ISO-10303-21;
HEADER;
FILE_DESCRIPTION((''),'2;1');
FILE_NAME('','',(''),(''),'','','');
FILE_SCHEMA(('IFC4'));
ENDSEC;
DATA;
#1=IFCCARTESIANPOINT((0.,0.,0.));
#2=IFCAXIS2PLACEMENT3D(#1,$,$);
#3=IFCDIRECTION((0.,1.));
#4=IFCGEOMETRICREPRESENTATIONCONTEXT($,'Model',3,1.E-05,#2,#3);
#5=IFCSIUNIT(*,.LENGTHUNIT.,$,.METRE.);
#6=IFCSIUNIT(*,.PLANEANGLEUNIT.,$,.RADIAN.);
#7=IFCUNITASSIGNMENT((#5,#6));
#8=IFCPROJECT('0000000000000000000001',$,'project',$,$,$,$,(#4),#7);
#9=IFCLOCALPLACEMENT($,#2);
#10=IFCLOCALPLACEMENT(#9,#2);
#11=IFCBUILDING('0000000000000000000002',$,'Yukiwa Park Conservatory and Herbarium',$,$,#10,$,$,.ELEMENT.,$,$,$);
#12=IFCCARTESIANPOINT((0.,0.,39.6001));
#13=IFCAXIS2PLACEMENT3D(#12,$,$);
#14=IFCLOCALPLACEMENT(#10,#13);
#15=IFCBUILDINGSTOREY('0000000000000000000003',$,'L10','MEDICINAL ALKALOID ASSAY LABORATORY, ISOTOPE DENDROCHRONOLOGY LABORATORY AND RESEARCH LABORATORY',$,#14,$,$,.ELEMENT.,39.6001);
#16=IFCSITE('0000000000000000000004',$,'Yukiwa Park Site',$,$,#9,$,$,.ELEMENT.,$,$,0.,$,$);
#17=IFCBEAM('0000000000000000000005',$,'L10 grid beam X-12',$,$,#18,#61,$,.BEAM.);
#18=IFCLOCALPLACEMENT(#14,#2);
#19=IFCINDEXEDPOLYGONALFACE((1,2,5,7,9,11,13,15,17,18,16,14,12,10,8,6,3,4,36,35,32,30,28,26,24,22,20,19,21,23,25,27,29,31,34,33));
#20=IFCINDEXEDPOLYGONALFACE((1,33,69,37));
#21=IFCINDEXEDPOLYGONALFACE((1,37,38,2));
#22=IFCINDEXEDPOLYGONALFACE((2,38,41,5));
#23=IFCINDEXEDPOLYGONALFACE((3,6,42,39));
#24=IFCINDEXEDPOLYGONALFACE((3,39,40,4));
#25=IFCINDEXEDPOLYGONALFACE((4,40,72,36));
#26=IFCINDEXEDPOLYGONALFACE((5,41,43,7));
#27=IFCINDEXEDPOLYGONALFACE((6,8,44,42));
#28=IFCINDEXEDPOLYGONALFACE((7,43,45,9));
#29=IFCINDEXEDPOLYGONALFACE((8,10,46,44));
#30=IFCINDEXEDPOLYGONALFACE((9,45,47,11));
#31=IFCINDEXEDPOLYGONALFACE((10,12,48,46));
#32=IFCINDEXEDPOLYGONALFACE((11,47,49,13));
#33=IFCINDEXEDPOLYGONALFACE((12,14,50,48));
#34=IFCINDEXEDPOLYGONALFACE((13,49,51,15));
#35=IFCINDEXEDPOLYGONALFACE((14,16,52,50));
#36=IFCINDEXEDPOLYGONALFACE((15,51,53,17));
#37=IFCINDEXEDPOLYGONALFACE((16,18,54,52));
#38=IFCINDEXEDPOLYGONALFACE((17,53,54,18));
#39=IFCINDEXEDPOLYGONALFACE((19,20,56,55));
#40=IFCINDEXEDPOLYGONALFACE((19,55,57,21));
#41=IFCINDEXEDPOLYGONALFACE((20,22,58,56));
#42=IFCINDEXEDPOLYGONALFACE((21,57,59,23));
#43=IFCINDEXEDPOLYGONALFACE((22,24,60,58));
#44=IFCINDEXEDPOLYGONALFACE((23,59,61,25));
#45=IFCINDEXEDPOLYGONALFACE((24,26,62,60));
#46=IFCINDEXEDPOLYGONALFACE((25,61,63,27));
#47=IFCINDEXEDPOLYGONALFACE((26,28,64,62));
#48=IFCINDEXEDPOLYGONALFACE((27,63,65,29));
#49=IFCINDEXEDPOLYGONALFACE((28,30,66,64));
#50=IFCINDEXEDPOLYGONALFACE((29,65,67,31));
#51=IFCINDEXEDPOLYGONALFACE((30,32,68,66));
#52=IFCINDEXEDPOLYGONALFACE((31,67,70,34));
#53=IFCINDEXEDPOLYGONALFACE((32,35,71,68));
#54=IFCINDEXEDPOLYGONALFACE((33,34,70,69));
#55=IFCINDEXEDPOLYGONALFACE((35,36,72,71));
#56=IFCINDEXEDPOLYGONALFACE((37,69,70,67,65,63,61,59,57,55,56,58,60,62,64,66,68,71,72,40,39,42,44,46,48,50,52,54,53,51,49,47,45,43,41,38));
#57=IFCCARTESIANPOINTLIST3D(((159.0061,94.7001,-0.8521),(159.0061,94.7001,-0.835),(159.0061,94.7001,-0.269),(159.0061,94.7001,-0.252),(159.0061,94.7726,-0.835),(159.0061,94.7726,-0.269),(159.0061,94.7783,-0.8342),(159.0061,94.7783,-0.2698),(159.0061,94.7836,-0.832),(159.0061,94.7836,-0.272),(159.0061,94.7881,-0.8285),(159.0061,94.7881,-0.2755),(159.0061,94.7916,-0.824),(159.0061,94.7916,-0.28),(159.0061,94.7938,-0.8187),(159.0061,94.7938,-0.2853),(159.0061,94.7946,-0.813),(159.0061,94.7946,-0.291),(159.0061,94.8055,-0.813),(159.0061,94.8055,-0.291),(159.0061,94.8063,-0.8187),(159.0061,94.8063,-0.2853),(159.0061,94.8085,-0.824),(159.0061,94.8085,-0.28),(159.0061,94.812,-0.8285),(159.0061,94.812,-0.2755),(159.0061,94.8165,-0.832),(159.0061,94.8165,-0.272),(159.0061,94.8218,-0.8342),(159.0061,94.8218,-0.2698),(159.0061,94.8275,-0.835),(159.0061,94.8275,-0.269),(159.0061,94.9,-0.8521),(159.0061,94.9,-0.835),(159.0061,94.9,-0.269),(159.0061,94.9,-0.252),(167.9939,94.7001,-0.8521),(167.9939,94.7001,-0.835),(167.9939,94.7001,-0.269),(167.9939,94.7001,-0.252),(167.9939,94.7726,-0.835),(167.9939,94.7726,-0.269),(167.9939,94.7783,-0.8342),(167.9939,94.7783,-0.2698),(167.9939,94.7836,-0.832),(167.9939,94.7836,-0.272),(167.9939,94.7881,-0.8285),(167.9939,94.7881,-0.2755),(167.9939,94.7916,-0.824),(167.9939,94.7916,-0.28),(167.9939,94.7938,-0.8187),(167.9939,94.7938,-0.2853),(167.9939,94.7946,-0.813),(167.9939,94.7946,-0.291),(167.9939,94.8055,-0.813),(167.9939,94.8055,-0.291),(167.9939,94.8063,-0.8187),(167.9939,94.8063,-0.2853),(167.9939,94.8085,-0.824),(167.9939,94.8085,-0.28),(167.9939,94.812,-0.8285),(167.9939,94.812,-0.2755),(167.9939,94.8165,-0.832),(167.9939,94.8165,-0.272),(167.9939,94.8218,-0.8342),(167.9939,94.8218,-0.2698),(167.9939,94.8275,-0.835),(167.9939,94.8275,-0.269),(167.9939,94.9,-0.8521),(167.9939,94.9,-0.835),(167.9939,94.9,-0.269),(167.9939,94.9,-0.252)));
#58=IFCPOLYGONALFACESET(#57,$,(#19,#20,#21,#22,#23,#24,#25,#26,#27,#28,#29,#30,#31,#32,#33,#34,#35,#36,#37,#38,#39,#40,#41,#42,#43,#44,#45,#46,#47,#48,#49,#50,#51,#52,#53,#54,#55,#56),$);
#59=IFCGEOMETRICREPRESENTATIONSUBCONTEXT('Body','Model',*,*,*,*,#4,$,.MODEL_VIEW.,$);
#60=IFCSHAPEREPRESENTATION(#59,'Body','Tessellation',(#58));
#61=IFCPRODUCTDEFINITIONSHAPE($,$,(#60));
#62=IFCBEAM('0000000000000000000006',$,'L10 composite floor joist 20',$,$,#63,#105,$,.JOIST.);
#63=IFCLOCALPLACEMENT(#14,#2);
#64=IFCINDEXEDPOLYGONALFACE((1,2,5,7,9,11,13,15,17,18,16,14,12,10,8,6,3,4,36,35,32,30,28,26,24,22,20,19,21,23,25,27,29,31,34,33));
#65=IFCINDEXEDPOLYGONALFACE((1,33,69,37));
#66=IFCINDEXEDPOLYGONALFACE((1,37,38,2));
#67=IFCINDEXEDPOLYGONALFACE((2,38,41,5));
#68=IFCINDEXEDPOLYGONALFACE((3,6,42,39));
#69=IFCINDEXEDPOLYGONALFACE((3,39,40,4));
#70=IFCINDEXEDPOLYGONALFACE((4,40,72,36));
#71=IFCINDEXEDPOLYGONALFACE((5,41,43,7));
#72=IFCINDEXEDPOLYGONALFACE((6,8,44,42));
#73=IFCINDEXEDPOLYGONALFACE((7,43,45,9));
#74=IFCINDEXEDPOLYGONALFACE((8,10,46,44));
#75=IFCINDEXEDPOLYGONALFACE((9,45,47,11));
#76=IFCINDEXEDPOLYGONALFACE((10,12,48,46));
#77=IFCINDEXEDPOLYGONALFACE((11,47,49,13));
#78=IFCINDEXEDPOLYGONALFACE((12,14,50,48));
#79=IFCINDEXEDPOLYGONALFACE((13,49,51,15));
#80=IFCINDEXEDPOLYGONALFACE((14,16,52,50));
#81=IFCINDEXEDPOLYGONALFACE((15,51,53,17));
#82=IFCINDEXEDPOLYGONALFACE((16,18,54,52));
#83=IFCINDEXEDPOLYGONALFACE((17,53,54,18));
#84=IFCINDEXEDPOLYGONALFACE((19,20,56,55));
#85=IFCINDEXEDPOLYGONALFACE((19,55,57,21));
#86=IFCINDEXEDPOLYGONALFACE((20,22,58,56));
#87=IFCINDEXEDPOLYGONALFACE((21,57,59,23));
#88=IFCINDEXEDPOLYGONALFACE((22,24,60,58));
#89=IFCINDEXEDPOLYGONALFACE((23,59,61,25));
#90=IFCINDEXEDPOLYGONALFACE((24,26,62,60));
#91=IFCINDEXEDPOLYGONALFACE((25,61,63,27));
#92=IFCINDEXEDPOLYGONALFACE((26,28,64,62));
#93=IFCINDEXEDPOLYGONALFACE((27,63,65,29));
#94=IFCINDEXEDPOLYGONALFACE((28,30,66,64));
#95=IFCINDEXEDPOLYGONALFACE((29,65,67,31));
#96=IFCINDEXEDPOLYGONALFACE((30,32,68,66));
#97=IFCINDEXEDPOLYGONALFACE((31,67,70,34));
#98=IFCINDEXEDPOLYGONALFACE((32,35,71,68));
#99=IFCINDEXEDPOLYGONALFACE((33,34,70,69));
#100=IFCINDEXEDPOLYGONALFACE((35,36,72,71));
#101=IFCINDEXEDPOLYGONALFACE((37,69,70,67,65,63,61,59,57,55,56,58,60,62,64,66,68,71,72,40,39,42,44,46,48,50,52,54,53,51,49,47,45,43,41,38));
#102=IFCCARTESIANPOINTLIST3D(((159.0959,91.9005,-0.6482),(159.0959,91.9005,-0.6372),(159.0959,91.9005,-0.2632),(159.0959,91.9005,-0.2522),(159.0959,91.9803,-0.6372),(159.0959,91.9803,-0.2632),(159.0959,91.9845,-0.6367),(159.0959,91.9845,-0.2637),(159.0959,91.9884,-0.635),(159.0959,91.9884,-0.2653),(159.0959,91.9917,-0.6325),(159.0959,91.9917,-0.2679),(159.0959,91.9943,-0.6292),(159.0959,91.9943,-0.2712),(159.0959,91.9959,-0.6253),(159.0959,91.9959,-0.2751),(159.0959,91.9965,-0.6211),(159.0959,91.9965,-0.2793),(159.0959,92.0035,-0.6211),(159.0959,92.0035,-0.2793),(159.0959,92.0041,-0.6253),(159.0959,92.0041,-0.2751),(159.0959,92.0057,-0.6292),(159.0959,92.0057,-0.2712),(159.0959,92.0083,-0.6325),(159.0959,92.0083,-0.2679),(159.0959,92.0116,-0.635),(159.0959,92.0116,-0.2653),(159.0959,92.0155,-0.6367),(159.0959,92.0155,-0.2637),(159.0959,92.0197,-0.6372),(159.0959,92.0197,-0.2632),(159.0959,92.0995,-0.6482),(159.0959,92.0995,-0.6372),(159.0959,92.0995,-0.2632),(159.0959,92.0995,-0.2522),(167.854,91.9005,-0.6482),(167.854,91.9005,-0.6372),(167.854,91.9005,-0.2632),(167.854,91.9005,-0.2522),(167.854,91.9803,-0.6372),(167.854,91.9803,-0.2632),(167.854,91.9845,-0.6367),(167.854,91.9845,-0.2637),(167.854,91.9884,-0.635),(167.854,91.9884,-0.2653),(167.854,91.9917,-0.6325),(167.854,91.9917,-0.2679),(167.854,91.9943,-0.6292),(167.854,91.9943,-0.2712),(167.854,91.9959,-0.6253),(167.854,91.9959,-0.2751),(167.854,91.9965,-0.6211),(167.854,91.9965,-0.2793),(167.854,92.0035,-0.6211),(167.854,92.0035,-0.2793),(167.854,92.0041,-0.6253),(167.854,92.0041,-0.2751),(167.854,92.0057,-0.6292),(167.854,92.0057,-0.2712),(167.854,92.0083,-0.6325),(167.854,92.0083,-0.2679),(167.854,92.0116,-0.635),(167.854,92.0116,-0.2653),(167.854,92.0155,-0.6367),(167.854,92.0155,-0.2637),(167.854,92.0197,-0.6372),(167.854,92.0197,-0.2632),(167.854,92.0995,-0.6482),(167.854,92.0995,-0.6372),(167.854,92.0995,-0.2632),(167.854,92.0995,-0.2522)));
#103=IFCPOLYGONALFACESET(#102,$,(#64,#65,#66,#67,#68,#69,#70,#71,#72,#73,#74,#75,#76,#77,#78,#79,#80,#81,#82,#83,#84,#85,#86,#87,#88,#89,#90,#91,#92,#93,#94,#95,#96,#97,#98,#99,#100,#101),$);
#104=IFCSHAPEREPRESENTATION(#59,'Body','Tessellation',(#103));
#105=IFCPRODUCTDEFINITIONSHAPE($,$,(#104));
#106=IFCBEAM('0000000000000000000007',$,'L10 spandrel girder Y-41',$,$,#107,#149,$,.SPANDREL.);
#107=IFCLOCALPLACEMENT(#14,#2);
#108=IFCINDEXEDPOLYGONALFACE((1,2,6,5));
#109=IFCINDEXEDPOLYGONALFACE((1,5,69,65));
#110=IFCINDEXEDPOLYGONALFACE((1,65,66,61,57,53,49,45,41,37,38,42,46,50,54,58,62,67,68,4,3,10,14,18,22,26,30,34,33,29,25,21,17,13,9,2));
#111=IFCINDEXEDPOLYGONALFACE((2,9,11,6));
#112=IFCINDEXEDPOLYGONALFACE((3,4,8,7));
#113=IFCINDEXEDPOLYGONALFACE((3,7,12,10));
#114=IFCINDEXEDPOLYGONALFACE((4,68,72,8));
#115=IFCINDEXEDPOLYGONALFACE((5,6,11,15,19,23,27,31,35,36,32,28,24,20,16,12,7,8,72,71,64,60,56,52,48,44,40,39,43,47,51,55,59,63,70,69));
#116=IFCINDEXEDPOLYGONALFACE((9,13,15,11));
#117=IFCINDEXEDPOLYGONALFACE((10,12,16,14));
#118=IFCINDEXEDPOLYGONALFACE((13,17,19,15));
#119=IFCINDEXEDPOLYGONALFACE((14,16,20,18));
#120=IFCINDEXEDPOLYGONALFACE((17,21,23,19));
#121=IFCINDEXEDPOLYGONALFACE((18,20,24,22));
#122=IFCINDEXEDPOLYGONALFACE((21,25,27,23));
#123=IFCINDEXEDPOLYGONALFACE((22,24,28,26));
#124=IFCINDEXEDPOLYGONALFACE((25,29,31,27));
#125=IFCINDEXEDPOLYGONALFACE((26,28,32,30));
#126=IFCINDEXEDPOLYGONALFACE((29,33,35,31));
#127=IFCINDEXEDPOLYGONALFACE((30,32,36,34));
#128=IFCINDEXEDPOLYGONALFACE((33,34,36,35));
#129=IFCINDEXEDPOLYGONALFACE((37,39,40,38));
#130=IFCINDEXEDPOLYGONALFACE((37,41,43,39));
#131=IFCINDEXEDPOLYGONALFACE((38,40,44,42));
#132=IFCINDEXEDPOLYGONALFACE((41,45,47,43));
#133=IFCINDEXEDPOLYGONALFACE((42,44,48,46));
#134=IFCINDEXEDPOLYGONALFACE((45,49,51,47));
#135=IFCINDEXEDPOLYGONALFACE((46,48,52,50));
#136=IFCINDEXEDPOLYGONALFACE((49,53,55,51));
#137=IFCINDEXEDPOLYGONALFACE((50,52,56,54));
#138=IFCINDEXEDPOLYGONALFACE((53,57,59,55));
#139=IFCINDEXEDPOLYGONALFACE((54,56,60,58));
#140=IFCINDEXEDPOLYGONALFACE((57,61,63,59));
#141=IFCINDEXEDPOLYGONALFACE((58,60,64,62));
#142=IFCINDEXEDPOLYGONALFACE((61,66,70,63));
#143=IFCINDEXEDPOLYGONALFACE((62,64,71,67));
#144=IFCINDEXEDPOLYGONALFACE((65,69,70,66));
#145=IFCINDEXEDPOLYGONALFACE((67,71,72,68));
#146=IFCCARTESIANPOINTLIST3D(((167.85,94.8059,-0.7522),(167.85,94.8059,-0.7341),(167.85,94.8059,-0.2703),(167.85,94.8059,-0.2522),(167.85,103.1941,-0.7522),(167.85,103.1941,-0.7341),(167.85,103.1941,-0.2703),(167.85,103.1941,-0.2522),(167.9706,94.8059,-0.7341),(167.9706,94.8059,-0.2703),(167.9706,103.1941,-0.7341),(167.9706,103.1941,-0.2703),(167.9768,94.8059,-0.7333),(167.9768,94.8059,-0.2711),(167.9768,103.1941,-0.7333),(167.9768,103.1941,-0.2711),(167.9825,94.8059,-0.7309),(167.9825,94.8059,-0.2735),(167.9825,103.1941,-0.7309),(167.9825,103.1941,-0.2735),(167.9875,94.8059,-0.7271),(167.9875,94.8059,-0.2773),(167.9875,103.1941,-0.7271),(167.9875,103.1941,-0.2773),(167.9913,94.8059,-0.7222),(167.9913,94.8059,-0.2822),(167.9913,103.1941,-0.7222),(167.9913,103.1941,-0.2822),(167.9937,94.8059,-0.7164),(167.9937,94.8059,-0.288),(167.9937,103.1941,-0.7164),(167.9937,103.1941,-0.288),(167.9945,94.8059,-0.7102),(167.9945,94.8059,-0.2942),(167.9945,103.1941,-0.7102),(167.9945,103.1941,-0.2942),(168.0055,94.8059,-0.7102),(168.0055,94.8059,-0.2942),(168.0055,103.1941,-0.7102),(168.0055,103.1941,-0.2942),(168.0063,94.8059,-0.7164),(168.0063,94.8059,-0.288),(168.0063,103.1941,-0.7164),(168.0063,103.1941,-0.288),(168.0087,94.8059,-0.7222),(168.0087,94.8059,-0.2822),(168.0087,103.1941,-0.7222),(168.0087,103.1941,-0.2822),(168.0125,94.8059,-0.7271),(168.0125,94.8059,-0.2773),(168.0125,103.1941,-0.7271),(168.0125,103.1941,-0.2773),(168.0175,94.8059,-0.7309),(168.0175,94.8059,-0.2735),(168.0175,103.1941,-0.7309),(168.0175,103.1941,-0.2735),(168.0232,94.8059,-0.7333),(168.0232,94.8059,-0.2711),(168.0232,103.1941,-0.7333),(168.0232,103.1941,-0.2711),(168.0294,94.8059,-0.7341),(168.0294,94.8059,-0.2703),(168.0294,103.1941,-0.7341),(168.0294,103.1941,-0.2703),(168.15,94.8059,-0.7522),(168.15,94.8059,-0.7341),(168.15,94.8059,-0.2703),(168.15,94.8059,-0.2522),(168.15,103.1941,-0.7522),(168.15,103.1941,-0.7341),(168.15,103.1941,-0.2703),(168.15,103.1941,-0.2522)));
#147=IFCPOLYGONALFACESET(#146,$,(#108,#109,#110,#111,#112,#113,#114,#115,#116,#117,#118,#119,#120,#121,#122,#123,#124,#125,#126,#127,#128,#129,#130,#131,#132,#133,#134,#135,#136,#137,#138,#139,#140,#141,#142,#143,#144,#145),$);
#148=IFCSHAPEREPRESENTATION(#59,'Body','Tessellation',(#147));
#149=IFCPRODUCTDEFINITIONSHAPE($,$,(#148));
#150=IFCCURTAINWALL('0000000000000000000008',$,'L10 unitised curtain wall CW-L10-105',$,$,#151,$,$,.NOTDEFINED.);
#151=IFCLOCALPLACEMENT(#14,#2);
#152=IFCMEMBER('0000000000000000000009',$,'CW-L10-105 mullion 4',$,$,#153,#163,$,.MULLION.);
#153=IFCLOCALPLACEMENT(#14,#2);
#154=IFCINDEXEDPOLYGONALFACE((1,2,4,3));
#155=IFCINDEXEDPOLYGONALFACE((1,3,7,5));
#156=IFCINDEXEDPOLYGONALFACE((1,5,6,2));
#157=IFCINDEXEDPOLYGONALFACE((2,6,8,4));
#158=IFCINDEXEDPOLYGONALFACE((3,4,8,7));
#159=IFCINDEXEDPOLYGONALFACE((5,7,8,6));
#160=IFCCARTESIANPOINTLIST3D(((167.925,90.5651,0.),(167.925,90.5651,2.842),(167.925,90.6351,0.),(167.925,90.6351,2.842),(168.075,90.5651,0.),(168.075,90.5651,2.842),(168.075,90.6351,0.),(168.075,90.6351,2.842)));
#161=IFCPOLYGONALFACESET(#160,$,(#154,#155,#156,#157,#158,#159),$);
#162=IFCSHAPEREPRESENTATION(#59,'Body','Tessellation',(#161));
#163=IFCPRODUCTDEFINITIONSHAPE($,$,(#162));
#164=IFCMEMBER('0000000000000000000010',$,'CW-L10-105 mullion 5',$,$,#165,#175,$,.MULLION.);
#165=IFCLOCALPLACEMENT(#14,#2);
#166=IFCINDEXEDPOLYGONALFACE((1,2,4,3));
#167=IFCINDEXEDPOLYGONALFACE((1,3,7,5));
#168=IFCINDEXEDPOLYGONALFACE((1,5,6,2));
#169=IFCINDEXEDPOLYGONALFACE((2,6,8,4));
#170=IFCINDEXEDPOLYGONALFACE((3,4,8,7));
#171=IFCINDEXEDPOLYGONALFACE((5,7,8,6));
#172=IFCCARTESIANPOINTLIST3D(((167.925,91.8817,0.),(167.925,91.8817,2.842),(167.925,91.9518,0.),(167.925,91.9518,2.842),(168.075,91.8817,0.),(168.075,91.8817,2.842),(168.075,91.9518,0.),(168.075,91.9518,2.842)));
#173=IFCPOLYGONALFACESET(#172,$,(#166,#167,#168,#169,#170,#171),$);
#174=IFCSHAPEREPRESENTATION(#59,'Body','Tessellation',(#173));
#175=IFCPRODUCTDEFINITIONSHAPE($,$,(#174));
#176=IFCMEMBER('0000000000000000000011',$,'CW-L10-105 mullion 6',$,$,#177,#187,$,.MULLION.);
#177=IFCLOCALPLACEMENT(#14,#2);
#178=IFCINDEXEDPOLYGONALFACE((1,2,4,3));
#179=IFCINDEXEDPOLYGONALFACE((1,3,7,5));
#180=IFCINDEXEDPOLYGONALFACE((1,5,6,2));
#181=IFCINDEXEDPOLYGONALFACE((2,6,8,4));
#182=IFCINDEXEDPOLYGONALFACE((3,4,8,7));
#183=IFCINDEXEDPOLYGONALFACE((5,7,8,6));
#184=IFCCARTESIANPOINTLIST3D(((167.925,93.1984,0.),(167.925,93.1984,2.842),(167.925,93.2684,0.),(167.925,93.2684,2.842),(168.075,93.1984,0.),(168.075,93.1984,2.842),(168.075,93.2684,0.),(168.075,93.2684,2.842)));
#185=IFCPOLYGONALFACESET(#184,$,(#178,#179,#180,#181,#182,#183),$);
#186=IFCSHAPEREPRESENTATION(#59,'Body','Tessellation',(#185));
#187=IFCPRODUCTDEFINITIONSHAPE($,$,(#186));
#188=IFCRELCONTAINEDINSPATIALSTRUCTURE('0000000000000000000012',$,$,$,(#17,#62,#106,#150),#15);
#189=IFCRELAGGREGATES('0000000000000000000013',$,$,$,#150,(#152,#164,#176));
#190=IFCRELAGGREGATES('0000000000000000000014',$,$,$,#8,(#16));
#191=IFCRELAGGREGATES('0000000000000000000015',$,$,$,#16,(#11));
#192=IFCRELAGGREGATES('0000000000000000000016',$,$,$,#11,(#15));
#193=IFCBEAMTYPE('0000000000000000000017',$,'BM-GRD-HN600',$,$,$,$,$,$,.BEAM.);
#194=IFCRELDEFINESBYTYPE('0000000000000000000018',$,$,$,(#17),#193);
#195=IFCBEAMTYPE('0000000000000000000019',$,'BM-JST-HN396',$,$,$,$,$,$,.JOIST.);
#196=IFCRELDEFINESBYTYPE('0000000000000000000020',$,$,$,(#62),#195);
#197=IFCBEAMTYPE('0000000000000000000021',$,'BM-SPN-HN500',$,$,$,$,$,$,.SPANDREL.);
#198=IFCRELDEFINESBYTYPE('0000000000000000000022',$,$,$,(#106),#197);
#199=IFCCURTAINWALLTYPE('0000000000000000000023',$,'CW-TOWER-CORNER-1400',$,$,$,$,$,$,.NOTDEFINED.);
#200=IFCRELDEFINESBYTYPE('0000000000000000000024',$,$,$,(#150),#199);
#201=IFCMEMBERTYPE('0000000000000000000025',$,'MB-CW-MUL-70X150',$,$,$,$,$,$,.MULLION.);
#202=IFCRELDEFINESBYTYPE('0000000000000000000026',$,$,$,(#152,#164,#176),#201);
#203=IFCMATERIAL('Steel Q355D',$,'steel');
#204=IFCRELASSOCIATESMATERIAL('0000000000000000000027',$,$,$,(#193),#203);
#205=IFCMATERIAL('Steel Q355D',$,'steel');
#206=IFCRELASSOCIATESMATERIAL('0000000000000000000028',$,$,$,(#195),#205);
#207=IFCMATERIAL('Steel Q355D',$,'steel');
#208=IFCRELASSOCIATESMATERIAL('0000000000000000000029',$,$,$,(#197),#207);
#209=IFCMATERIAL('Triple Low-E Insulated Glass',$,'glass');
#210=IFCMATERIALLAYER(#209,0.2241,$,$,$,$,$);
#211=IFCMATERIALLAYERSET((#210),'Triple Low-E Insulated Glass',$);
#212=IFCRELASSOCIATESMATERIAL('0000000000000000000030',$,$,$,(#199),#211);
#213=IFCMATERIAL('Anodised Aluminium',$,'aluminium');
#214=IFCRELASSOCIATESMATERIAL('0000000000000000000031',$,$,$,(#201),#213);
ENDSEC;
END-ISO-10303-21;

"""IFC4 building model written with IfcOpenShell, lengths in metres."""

from ifc_helpers import new_model, si_unit, direction, frame, origin, origin_2d, place, context, subcontext, project, spatial, rectangle, i_section, extrude, material, layer, layer_set, material_profile, profile_set, type_object, element, aggregate, save


model = new_model("IFC4")

# Units and contexts
model_context = context("Model", 3, precision=1e-05, world=origin(), true_north=direction((0.0, 1.0)))
body_context = subcontext(model_context, "Body", "Model", "MODEL_VIEW")
ifc_project = project(units=[si_unit("LENGTHUNIT", "METRE"), si_unit("PLANEANGLEUNIT", "RADIAN")], contexts=[model_context])

# Site, building, storey
site_placement = place(None, origin())
site = spatial("IfcSite", under=ifc_project, at=site_placement, Name="Yukiwa Park Site", CompositionType="ELEMENT", RefElevation=0.0)
building_placement = place(site_placement, origin())
building = spatial("IfcBuilding", under=site, at=building_placement, Name="Yukiwa Park Conservatory and Herbarium", CompositionType="ELEMENT")
storey_placement = place(building_placement, frame((0.0, 0.0, 39.6001)))
storey = spatial("IfcBuildingStorey", under=building, at=storey_placement, Name="L10", Description="MEDICINAL ALKALOID ASSAY LABORATORY, ISOTOPE DENDROCHRONOLOGY LABORATORY AND RESEARCH LABORATORY", CompositionType="ELEMENT", Elevation=39.6001)

# Beams
ifc_material_1 = material(Name="Steel Q355D", Category="steel")
ifc_material_profile_1 = material_profile(ifc_material_1, i_section(OverallWidth=0.2, OverallDepth=0.6001, WebThickness=0.011, FlangeThickness=0.0171, FilletRadius=0.022, at=origin_2d()), Name="HN 600x200x11x17")
ifc_profile_set_1 = profile_set([ifc_material_profile_1], Name="Steel Q355D")
beam_type_1 = type_object("IfcBeamType", Name="BM-GRD-HN600", PredefinedType="BEAM", material=ifc_profile_set_1)
beam_1_placement = place(storey_placement, frame((159.0061, 94.8, -0.552), z_axis=(1.0, 0.0, 0.0), x_axis=(0.0, 1.0, 0.0)))
element("IfcBeam", 1, at=beam_1_placement, inside=storey, type_object=beam_type_1, Name="L10 grid beam X-12", PredefinedType="BEAM", context=body_context, shape_type="SweptSolid", body=[
    extrude(i_section(OverallWidth=0.2, OverallDepth=0.6001, WebThickness=0.011, FlangeThickness=0.0171, FilletRadius=0.022, at=origin_2d()), origin(), (0.0, 0.0, 1.0), 8.9878),
])
ifc_material_2 = material(Name="Steel Q355D", Category="steel")
ifc_material_profile_2 = material_profile(ifc_material_2, i_section(OverallWidth=0.199, OverallDepth=0.396, WebThickness=0.0071, FlangeThickness=0.011, FilletRadius=0.0161, at=origin_2d()), Name="HN 396x199x7x11")
ifc_profile_set_2 = profile_set([ifc_material_profile_2], Name="Steel Q355D")
beam_type_2 = type_object("IfcBeamType", Name="BM-JST-HN396", PredefinedType="JOIST", material=ifc_profile_set_2)
beam_2_placement = place(storey_placement, frame((159.0959, 92.0, -0.4502), z_axis=(1.0, 0.0, 0.0), x_axis=(0.0, 1.0, 0.0)))
element("IfcBeam", 2, at=beam_2_placement, inside=storey, type_object=beam_type_2, Name="L10 composite floor joist 20", PredefinedType="JOIST", context=body_context, shape_type="SweptSolid", body=[
    extrude(i_section(OverallWidth=0.199, OverallDepth=0.396, WebThickness=0.0071, FlangeThickness=0.011, FilletRadius=0.0161, at=origin_2d()), origin(), (0.0, 0.0, 1.0), 8.7581),
])
ifc_material_3 = material(Name="Steel Q355D", Category="steel")
ifc_material_profile_3 = material_profile(ifc_material_3, i_section(OverallWidth=0.3, OverallDepth=0.5, WebThickness=0.011, FlangeThickness=0.0181, FilletRadius=0.0239, at=origin_2d()), Name="HM 500x300x11x18")
ifc_profile_set_3 = profile_set([ifc_material_profile_3], Name="Steel Q355D")
beam_type_3 = type_object("IfcBeamType", Name="BM-SPN-HN500", PredefinedType="SPANDREL", material=ifc_profile_set_3)
beam_3_placement = place(storey_placement, frame((168.0, 94.8059, -0.5022), z_axis=(0.0, 1.0, 0.0), x_axis=(-1.0, 0.0, 0.0)))
element("IfcBeam", 3, at=beam_3_placement, inside=storey, type_object=beam_type_3, Name="L10 spandrel girder Y-41", PredefinedType="SPANDREL", context=body_context, shape_type="SweptSolid", body=[
    extrude(i_section(OverallWidth=0.3, OverallDepth=0.5, WebThickness=0.011, FlangeThickness=0.0181, FilletRadius=0.0239, at=origin_2d()), origin(), (0.0, 0.0, 1.0), 8.3882),
])

# Curtain wall, members
ifc_material_4 = material(Name="Triple Low-E Insulated Glass", Category="glass")
ifc_layer_1 = layer(ifc_material_4, 0.2241)
ifc_layer_set_1 = layer_set([ifc_layer_1], Name="Triple Low-E Insulated Glass")
curtain_wall_type = type_object("IfcCurtainWallType", Name="CW-TOWER-CORNER-1400", PredefinedType="NOTDEFINED", material=ifc_layer_set_1)
curtain_wall_placement = place(storey_placement, origin())
curtain_wall = element("IfcCurtainWall", 4, at=curtain_wall_placement, inside=storey, type_object=curtain_wall_type, Name="L10 unitised curtain wall CW-L10-105", PredefinedType="NOTDEFINED")
ifc_material_5 = material(Name="Anodised Aluminium", Category="aluminium")
member_type_1 = type_object("IfcMemberType", Name="MB-CW-MUL-70X150", PredefinedType="MULLION", material=ifc_material_5)
member_1_placement = place(storey_placement, frame((168.0, 90.6001, 0.0), z_axis=(0.0, 0.0, 1.0), x_axis=(0.0, 1.0, 0.0)))
member_1 = element("IfcMember", 5, at=member_1_placement, type_object=member_type_1, Name="CW-L10-105 mullion 4", PredefinedType="MULLION", context=body_context, shape_type="SweptSolid", body=[
    extrude(rectangle(XDim=0.0701, YDim=0.1499, at=origin_2d()), origin(), (0.0, 0.0, 1.0), 2.842),
])
member_2_placement = place(storey_placement, frame((168.0, 91.9167, 0.0), z_axis=(0.0, 0.0, 1.0), x_axis=(0.0, 1.0, 0.0)))
member_2 = element("IfcMember", 6, at=member_2_placement, type_object=member_type_1, Name="CW-L10-105 mullion 5", PredefinedType="MULLION", context=body_context, shape_type="SweptSolid", body=[
    extrude(rectangle(XDim=0.0701, YDim=0.1499, at=origin_2d()), origin(), (0.0, 0.0, 1.0), 2.842),
])
member_3_placement = place(storey_placement, frame((168.0, 93.2334, 0.0), z_axis=(0.0, 0.0, 1.0), x_axis=(0.0, 1.0, 0.0)))
member_3 = element("IfcMember", 7, at=member_3_placement, type_object=member_type_1, Name="CW-L10-105 mullion 6", PredefinedType="MULLION", context=body_context, shape_type="SweptSolid", body=[
    extrude(rectangle(XDim=0.0701, YDim=0.1499, at=origin_2d()), origin(), (0.0, 0.0, 1.0), 2.842),
])
aggregate(curtain_wall, [member_1, member_2, member_3])

save(model, "model.ifc")
